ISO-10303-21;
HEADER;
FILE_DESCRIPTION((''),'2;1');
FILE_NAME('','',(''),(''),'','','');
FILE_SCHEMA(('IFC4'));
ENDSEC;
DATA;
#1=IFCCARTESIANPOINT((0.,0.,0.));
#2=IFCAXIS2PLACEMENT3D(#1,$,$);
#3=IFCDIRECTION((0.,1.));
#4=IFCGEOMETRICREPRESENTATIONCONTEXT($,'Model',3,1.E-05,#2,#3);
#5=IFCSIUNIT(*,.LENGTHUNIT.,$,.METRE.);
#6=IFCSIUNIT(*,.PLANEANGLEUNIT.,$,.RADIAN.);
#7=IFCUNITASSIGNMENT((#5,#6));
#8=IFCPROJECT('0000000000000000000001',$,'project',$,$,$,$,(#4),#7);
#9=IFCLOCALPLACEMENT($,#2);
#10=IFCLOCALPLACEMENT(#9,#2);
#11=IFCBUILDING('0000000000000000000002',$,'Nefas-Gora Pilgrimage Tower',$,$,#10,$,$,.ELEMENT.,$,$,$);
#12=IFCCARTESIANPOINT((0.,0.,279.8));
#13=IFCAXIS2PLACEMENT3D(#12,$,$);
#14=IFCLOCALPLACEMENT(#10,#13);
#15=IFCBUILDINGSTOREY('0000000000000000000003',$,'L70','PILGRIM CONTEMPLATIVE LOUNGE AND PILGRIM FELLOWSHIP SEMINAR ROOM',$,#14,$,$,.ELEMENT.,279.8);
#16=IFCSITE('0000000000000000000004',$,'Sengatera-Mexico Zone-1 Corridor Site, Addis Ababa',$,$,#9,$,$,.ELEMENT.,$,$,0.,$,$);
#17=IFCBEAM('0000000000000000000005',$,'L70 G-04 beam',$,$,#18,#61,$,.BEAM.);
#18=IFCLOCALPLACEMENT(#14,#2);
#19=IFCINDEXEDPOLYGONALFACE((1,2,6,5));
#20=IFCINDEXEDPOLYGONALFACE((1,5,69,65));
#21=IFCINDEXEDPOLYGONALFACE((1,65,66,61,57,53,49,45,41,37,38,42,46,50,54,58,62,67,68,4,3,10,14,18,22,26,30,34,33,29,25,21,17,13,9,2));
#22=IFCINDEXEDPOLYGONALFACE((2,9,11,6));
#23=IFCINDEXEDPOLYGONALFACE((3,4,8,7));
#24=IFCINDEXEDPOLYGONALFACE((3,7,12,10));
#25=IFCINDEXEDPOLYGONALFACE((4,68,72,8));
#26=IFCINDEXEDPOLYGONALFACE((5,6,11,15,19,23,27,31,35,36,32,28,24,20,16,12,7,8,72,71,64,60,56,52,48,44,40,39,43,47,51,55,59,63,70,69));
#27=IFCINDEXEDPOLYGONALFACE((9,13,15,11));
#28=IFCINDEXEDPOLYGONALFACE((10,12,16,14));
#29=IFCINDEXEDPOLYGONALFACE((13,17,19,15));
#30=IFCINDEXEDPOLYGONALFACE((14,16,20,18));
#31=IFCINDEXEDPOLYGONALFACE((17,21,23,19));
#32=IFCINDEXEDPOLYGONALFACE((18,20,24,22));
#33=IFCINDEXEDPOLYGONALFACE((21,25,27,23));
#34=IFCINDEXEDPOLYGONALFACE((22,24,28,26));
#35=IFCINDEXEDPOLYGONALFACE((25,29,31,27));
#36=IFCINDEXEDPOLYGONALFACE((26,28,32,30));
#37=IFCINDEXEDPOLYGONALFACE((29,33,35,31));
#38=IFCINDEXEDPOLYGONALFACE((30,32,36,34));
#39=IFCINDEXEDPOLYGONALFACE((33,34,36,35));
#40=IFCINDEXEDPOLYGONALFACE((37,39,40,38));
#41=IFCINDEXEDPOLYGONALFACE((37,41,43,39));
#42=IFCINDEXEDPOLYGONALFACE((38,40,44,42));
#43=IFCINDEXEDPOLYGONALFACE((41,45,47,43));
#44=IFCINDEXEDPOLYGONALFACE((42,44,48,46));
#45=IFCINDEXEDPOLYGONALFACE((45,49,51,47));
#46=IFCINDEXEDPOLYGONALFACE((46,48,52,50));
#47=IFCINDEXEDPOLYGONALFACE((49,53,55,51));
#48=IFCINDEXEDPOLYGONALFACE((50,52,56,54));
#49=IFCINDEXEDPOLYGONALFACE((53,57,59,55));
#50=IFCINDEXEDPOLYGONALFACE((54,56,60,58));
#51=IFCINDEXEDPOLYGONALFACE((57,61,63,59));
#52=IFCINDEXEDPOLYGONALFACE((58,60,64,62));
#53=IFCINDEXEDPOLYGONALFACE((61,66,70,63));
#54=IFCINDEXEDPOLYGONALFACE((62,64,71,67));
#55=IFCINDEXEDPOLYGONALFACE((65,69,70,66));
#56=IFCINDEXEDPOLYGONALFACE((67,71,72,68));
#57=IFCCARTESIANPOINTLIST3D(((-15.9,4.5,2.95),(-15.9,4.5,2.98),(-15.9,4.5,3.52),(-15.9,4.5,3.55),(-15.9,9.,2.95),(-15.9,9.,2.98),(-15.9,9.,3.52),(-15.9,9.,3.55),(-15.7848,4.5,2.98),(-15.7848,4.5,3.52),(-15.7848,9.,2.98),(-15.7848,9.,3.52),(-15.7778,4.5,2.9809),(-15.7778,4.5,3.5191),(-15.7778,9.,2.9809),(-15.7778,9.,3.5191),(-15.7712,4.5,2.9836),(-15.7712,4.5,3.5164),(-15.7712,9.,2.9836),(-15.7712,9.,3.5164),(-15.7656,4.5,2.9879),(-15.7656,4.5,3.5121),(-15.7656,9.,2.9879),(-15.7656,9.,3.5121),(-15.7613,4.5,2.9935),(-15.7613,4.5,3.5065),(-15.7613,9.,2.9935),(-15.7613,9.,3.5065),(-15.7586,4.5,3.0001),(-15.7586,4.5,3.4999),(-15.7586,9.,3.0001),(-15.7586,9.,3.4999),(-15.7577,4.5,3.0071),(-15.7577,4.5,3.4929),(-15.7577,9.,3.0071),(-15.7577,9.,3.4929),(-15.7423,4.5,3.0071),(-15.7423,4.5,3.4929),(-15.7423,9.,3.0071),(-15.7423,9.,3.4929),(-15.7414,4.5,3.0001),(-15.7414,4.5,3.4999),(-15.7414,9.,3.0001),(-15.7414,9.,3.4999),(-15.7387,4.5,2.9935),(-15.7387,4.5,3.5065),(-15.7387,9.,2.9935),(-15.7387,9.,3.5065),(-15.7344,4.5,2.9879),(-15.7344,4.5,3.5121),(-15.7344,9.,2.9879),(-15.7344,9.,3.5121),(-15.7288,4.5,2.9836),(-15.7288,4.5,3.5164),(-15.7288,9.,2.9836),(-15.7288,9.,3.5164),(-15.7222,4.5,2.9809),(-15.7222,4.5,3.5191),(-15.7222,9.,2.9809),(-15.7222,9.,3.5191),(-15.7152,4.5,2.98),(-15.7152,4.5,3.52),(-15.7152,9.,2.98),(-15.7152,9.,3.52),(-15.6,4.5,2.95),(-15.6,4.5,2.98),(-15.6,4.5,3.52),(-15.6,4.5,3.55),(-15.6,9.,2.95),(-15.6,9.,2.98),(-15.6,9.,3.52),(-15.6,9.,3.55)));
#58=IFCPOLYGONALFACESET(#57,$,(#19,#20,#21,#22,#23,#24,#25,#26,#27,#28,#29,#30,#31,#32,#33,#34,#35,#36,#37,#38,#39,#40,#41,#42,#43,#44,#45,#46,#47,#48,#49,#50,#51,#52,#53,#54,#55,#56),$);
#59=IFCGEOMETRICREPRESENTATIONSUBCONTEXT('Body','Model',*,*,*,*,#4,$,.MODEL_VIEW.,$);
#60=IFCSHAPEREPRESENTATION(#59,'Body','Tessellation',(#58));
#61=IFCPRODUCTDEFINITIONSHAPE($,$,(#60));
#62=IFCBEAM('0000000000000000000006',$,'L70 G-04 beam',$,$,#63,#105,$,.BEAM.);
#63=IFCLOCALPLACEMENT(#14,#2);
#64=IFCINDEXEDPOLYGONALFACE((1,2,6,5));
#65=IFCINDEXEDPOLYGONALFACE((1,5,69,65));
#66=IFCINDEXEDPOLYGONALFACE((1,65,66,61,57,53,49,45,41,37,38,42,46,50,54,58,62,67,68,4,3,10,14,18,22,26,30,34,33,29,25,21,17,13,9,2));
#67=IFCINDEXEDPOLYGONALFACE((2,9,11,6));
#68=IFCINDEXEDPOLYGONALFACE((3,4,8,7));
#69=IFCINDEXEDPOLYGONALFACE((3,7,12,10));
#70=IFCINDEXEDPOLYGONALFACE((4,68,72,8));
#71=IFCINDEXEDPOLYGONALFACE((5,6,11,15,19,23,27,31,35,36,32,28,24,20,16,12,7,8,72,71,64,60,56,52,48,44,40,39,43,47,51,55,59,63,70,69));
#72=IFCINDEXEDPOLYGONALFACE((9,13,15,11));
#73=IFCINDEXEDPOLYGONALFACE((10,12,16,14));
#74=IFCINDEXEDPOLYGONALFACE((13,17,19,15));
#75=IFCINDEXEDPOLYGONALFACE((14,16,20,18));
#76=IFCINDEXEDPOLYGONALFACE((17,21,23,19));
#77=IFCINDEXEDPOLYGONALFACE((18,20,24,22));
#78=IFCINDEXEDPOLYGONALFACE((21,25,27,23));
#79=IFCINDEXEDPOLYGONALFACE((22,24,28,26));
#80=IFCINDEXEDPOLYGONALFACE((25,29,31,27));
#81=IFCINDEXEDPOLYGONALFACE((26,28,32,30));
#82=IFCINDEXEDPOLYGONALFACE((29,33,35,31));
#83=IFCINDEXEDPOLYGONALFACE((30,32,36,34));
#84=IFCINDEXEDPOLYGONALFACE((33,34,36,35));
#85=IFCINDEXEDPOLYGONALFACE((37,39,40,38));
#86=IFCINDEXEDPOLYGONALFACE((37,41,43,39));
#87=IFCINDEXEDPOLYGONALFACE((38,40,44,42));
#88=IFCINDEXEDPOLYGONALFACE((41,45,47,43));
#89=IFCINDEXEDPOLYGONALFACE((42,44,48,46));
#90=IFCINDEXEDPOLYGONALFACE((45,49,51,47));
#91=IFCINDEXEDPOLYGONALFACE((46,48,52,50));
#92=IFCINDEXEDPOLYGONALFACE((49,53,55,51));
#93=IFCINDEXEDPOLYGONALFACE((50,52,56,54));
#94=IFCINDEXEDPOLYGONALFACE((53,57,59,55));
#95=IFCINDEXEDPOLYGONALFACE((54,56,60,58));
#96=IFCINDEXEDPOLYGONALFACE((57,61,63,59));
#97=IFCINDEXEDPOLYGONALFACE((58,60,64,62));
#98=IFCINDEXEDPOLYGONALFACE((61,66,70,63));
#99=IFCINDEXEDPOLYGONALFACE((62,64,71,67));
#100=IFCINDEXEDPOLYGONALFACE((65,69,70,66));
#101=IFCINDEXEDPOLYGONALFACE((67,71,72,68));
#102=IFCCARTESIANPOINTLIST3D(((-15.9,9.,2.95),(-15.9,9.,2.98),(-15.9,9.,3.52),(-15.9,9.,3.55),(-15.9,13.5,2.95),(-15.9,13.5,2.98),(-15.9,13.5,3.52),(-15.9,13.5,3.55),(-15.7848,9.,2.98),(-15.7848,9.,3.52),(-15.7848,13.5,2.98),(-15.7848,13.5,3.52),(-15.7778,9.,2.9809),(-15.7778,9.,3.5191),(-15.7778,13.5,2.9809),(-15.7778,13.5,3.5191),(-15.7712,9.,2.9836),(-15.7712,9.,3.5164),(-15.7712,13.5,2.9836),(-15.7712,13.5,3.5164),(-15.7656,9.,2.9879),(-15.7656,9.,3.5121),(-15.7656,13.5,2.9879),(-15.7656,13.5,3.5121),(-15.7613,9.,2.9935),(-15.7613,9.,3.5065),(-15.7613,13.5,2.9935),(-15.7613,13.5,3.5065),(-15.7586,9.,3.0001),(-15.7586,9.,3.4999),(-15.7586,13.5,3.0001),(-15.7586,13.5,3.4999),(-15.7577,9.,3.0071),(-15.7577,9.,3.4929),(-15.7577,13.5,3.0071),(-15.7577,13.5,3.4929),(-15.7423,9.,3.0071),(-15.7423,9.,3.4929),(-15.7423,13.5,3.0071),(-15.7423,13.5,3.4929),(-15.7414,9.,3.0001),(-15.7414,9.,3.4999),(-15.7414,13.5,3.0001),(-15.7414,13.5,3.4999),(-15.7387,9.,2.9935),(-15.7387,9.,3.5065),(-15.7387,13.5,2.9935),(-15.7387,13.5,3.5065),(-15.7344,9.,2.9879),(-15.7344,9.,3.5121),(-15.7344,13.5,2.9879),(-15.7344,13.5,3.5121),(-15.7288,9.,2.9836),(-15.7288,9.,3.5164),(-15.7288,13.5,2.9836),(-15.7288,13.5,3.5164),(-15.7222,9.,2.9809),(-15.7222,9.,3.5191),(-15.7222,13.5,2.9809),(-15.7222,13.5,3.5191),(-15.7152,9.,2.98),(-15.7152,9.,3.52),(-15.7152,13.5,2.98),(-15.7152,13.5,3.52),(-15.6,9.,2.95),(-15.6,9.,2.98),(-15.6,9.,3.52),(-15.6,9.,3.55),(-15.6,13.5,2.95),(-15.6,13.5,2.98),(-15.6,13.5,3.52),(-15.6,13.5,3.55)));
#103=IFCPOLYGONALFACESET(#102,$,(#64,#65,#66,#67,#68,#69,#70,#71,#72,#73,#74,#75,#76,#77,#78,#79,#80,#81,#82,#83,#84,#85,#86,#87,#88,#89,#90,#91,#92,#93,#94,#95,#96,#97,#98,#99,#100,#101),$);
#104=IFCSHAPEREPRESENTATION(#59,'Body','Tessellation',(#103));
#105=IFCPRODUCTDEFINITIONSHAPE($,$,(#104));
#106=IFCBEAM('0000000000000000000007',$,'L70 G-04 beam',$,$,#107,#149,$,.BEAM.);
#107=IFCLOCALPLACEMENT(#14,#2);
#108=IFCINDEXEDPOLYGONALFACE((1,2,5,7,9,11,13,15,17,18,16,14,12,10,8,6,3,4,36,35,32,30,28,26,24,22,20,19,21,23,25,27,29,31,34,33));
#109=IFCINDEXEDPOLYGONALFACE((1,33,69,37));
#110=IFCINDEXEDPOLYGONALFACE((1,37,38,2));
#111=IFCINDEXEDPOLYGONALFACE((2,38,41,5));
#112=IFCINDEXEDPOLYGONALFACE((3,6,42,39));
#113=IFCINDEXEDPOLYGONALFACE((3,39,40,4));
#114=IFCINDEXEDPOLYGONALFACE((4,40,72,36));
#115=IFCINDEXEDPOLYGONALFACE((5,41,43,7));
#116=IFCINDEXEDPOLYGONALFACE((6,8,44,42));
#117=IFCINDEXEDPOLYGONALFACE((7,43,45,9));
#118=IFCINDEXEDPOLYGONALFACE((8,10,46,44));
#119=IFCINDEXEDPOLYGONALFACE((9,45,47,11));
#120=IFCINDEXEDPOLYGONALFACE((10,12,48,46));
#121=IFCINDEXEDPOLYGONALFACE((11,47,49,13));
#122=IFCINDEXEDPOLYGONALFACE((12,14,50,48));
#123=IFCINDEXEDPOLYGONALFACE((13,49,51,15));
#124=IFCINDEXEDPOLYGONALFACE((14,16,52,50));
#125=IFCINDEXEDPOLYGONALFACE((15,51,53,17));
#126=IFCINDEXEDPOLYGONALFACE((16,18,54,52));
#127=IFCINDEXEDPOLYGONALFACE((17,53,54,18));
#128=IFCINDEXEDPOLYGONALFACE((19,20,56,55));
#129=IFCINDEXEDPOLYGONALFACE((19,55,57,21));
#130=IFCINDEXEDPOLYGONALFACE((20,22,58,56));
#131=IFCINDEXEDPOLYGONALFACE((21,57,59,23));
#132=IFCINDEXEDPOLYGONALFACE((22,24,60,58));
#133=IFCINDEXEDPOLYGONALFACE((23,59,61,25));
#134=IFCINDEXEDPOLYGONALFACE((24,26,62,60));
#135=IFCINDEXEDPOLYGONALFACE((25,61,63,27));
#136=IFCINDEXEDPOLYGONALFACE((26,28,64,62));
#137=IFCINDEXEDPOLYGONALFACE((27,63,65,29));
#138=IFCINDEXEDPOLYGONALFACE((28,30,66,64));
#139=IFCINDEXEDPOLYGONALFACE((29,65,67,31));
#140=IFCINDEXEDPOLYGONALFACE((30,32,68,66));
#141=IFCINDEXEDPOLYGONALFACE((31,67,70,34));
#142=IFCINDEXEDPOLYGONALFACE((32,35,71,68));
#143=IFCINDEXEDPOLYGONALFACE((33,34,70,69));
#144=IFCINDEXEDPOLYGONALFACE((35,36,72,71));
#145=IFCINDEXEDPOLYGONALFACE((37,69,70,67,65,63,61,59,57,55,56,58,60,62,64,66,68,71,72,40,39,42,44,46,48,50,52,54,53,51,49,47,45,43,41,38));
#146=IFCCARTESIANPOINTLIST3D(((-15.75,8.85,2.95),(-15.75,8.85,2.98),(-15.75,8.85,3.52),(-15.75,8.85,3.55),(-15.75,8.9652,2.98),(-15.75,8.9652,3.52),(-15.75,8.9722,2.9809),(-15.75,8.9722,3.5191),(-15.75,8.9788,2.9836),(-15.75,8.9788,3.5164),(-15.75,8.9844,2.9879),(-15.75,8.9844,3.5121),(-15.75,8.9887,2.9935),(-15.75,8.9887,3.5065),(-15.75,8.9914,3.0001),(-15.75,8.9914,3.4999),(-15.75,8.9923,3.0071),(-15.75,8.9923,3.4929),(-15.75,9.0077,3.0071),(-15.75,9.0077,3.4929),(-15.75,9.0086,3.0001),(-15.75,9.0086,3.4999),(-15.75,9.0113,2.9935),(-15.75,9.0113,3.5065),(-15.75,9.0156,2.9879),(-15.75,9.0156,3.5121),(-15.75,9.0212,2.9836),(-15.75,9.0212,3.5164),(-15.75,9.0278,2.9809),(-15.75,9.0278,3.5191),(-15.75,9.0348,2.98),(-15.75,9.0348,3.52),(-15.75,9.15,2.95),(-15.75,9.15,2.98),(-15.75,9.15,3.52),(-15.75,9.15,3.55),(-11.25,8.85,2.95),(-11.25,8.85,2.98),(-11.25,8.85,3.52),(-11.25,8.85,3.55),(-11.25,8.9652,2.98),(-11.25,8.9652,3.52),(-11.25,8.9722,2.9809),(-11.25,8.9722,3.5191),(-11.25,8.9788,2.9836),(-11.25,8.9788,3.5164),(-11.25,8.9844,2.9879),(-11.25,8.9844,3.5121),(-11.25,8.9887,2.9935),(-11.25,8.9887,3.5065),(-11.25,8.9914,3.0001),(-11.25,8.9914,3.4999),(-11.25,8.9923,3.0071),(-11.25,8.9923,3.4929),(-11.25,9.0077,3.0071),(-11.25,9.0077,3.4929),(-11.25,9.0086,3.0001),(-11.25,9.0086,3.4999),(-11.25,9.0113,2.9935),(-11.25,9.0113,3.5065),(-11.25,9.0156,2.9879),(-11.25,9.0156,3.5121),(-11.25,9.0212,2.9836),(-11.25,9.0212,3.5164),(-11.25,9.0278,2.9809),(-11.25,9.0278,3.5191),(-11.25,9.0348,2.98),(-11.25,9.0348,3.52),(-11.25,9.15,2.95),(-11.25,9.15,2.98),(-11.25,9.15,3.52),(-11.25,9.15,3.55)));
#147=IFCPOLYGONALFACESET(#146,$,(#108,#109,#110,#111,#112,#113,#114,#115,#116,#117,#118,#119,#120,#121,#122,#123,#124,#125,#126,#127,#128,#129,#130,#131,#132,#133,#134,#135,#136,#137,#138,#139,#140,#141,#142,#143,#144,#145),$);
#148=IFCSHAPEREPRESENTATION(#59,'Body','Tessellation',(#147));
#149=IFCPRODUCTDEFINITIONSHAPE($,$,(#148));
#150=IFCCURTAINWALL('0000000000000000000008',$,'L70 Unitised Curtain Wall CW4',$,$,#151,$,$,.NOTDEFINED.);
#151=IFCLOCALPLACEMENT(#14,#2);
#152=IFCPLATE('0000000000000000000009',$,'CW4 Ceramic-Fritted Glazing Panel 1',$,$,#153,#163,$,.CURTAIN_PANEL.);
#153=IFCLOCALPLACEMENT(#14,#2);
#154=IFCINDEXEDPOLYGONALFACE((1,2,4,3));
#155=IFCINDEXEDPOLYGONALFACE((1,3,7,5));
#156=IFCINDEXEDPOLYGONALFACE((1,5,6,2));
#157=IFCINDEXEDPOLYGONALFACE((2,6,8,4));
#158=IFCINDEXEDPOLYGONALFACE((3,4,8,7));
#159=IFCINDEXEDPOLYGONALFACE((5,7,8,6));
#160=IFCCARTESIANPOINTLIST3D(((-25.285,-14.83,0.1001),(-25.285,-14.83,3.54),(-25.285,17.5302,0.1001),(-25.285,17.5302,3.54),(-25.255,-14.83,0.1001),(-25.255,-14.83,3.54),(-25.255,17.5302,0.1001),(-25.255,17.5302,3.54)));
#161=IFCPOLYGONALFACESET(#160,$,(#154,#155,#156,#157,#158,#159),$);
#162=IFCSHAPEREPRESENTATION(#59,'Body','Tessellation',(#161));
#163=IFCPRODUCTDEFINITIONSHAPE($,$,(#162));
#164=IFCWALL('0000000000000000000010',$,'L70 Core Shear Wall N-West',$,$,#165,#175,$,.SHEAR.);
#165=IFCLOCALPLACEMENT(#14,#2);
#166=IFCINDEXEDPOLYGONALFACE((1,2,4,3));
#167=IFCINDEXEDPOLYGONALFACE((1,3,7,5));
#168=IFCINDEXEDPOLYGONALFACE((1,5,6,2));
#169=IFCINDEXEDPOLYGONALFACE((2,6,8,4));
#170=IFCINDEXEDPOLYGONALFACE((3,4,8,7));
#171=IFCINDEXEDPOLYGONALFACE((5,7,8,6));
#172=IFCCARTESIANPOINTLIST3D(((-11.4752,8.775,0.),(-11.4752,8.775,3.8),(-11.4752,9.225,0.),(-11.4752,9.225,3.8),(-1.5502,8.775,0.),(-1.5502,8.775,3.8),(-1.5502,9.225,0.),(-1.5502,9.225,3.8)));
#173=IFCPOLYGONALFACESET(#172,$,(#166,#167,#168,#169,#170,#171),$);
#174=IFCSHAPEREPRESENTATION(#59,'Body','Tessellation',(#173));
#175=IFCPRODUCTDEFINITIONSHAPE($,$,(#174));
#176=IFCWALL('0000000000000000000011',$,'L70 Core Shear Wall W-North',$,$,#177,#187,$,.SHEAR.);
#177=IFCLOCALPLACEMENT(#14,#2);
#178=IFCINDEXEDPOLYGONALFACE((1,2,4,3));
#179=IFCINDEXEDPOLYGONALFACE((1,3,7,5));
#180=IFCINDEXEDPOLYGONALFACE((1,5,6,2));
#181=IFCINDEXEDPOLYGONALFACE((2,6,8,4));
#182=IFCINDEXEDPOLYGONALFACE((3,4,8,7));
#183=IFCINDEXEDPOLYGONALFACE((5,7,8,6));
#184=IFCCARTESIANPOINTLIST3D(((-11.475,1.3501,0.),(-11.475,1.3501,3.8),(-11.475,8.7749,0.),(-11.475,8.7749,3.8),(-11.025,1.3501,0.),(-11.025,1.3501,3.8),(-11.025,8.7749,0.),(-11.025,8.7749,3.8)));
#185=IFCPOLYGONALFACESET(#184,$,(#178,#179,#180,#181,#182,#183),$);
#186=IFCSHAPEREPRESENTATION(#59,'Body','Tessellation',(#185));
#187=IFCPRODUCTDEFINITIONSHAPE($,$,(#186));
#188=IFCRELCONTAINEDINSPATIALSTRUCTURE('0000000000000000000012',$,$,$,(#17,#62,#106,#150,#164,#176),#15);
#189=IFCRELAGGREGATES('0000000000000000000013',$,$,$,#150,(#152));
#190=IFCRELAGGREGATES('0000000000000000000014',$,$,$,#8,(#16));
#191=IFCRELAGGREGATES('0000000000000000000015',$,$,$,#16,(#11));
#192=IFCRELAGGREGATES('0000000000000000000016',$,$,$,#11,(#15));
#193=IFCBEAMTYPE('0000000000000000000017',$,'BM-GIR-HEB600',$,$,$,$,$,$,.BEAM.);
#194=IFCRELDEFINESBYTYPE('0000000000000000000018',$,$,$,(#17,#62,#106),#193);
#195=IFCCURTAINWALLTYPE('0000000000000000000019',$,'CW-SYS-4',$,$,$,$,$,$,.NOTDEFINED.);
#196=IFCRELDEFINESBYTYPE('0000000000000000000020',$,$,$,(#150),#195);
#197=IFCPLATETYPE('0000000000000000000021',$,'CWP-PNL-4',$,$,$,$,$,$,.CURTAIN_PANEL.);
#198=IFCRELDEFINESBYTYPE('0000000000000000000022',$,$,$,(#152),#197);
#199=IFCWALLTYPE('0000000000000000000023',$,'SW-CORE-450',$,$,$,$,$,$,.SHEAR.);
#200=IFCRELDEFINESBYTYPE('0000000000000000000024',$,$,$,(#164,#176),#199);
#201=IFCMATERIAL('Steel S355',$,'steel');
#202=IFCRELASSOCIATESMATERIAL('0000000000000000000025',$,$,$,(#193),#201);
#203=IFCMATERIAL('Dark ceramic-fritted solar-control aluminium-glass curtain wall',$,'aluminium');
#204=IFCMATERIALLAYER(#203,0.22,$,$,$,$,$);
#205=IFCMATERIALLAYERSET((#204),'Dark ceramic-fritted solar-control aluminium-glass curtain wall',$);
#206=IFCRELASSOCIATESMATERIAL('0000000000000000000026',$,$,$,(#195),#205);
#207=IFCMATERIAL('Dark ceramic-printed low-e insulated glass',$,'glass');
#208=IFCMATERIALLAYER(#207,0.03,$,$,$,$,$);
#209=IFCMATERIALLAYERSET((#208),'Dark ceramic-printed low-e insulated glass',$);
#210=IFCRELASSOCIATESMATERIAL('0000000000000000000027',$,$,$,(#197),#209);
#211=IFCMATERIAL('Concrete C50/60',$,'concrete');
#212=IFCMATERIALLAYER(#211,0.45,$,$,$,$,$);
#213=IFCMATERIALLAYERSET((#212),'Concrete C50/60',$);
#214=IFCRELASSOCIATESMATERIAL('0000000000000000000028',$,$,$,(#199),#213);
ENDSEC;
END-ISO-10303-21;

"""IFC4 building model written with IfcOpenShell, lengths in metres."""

from ifc_helpers import new_model, si_unit, direction, frame, frame_2d, origin, origin_2d, place, context, subcontext, project, spatial, rectangle, i_section, extrude, source, transform, mapped, material, layer, layer_set, material_profile, profile_set, type_object, element, aggregate, save


model = new_model("IFC4")

# Units and contexts
model_context = context("Model", 3, precision=1e-05, world=origin(), true_north=direction((0.0, 1.0)))
body_context = subcontext(model_context, "Body", "Model", "MODEL_VIEW")
ifc_project = project(units=[si_unit("LENGTHUNIT", "METRE"), si_unit("PLANEANGLEUNIT", "RADIAN")], contexts=[model_context])

# Site, building, storey
site_placement = place(None, origin())
site = spatial("IfcSite", under=ifc_project, at=site_placement, Name="Sengatera-Mexico Zone-1 Corridor Site, Addis Ababa", CompositionType="ELEMENT", RefElevation=0.0)
building_placement = place(site_placement, origin())
building = spatial("IfcBuilding", under=site, at=building_placement, Name="Nefas-Gora Pilgrimage Tower", CompositionType="ELEMENT")
storey_placement = place(building_placement, frame((0.0, 0.0, 279.8)))
storey = spatial("IfcBuildingStorey", under=building, at=storey_placement, Name="L70", Description="PILGRIM CONTEMPLATIVE LOUNGE AND PILGRIM FELLOWSHIP SEMINAR ROOM", CompositionType="ELEMENT", Elevation=279.8)

# Shared definitions
ifc_material_1 = material(Name="Steel S355", Category="steel")

# Beams
ifc_material_profile_1 = material_profile(ifc_material_1, i_section(OverallWidth=0.3, OverallDepth=0.6001, WebThickness=0.0154, FlangeThickness=0.03, FilletRadius=0.0271, at=origin_2d()), Name="HEB 600")
ifc_profile_set_1 = profile_set([ifc_material_profile_1], Name="Steel S355")
beam_type_1 = type_object("IfcBeamType", Name="BM-GIR-HEB600", PredefinedType="BEAM", material=ifc_profile_set_1)
shared_shape_1 = source(origin(), body_context, "Body", "SweptSolid", [
    extrude(i_section(OverallWidth=0.3, OverallDepth=0.6001, WebThickness=0.0154, FlangeThickness=0.03, FilletRadius=0.0271, at=origin_2d()), origin(), (0.0, 0.0, 1.0), 4.5),
])
for number, where, z_axis, x_axis, name in (
    (1, (-15.75, 4.5, 3.25), (0.0, 1.0, 0.0), (-1.0, 0.0, 0.0), "L70 G-04 beam"),
    (2, (-15.75, 9.0, 3.25), (0.0, 1.0, 0.0), (-1.0, 0.0, 0.0), "L70 G-04 beam"),
    (3, (-15.75, 9.0, 3.25), (1.0, 0.0, 0.0), (0.0, 1.0, 0.0), "L70 G-04 beam"),
):
    element("IfcBeam", number, at=place(storey_placement, frame(where, z_axis=z_axis, x_axis=x_axis)), inside=storey, type_object=beam_type_1, Name=name, PredefinedType="BEAM", context=body_context, shape_type="MappedRepresentation", body=[
        mapped(shared_shape_1, transform((0.0, 0.0, 0.0), x_axis=(1.0, 0.0, 0.0), y_axis=(0.0, 1.0, 0.0), z_axis=(0.0, 0.0, 1.0), scale=1.0)),
    ])

# Curtain wall, plate
ifc_material_2 = material(Name="Dark ceramic-fritted solar-control aluminium-glass curtain wall", Category="aluminium")
ifc_layer_1 = layer(ifc_material_2, 0.22)
ifc_layer_set_1 = layer_set([ifc_layer_1], Name="Dark ceramic-fritted solar-control aluminium-glass curtain wall")
curtain_wall_type = type_object("IfcCurtainWallType", Name="CW-SYS-4", PredefinedType="NOTDEFINED", material=ifc_layer_set_1)
curtain_wall_placement = place(storey_placement, origin())
curtain_wall = element("IfcCurtainWall", 4, at=curtain_wall_placement, inside=storey, type_object=curtain_wall_type, Name="L70 Unitised Curtain Wall CW4", PredefinedType="NOTDEFINED")
ifc_material_3 = material(Name="Dark ceramic-printed low-e insulated glass", Category="glass")
ifc_layer_2 = layer(ifc_material_3, 0.03)
ifc_layer_set_2 = layer_set([ifc_layer_2], Name="Dark ceramic-printed low-e insulated glass")
plate_type = type_object("IfcPlateType", Name="CWP-PNL-4", PredefinedType="CURTAIN_PANEL", material=ifc_layer_set_2)
shared_shape_2 = source(origin(), body_context, "Body", "SweptSolid", [
    extrude(rectangle(XDim=32.3601, YDim=0.03, at=origin_2d()), origin(), (0.0, 0.0, 1.0), 3.4399),
])
plate_placement = place(storey_placement, frame((-25.27, 1.3501, 0.1001), z_axis=(0.0, 0.0, 1.0), x_axis=(0.0, -1.0, 0.0)))
plate = element("IfcPlate", 5, at=plate_placement, type_object=plate_type, Name="CW4 Ceramic-Fritted Glazing Panel 1", PredefinedType="CURTAIN_PANEL", context=body_context, shape_type="MappedRepresentation", body=[
    mapped(shared_shape_2, transform((0.0, 0.0, 0.0), x_axis=(1.0, 0.0, 0.0), y_axis=(0.0, 1.0, 0.0), z_axis=(0.0, 0.0, 1.0), scale=1.0)),
])
aggregate(curtain_wall, [plate])

# Walls
ifc_material_4 = material(Name="Concrete C50/60", Category="concrete")
ifc_layer_3 = layer(ifc_material_4, 0.45)
ifc_layer_set_3 = layer_set([ifc_layer_3], Name="Concrete C50/60")
wall_type_1 = type_object("IfcWallType", Name="SW-CORE-450", PredefinedType="SHEAR", material=ifc_layer_set_3)
shared_shape_3 = source(origin(), body_context, "Body", "SweptSolid", [
    extrude(rectangle(XDim=9.925, YDim=0.45, at=frame_2d((4.9624, 0.0))), origin(), (0.0, 0.0, 1.0), 3.8),
])
wall_1_placement = place(storey_placement, frame((-11.4751, 9.0, 0.0), z_axis=(0.0, 0.0, 1.0), x_axis=(1.0, 0.0, 0.0)))
element("IfcWall", 6, at=wall_1_placement, inside=storey, type_object=wall_type_1, Name="L70 Core Shear Wall N-West", PredefinedType="SHEAR", context=body_context, shape_type="MappedRepresentation", body=[
    mapped(shared_shape_3, transform((0.0, 0.0, 0.0), x_axis=(1.0, 0.0, 0.0), y_axis=(0.0, 1.0, 0.0), z_axis=(0.0, 0.0, 1.0), scale=1.0)),
])
shared_shape_4 = source(origin(), body_context, "Body", "SweptSolid", [
    extrude(rectangle(XDim=7.4248, YDim=0.45, at=frame_2d((3.7124, 0.0))), origin(), (0.0, 0.0, 1.0), 3.8),
])
wall_2_placement = place(storey_placement, frame((-11.25, 1.3501, 0.0), z_axis=(0.0, 0.0, 1.0), x_axis=(0.0, 1.0, 0.0)))
element("IfcWall", 7, at=wall_2_placement, inside=storey, type_object=wall_type_1, Name="L70 Core Shear Wall W-North", PredefinedType="SHEAR", context=body_context, shape_type="MappedRepresentation", body=[
    mapped(shared_shape_4, transform((0.0, 0.0, 0.0), x_axis=(1.0, 0.0, 0.0), y_axis=(0.0, 1.0, 0.0), z_axis=(0.0, 0.0, 1.0), scale=1.0)),
])

save(model, "model.ifc")
